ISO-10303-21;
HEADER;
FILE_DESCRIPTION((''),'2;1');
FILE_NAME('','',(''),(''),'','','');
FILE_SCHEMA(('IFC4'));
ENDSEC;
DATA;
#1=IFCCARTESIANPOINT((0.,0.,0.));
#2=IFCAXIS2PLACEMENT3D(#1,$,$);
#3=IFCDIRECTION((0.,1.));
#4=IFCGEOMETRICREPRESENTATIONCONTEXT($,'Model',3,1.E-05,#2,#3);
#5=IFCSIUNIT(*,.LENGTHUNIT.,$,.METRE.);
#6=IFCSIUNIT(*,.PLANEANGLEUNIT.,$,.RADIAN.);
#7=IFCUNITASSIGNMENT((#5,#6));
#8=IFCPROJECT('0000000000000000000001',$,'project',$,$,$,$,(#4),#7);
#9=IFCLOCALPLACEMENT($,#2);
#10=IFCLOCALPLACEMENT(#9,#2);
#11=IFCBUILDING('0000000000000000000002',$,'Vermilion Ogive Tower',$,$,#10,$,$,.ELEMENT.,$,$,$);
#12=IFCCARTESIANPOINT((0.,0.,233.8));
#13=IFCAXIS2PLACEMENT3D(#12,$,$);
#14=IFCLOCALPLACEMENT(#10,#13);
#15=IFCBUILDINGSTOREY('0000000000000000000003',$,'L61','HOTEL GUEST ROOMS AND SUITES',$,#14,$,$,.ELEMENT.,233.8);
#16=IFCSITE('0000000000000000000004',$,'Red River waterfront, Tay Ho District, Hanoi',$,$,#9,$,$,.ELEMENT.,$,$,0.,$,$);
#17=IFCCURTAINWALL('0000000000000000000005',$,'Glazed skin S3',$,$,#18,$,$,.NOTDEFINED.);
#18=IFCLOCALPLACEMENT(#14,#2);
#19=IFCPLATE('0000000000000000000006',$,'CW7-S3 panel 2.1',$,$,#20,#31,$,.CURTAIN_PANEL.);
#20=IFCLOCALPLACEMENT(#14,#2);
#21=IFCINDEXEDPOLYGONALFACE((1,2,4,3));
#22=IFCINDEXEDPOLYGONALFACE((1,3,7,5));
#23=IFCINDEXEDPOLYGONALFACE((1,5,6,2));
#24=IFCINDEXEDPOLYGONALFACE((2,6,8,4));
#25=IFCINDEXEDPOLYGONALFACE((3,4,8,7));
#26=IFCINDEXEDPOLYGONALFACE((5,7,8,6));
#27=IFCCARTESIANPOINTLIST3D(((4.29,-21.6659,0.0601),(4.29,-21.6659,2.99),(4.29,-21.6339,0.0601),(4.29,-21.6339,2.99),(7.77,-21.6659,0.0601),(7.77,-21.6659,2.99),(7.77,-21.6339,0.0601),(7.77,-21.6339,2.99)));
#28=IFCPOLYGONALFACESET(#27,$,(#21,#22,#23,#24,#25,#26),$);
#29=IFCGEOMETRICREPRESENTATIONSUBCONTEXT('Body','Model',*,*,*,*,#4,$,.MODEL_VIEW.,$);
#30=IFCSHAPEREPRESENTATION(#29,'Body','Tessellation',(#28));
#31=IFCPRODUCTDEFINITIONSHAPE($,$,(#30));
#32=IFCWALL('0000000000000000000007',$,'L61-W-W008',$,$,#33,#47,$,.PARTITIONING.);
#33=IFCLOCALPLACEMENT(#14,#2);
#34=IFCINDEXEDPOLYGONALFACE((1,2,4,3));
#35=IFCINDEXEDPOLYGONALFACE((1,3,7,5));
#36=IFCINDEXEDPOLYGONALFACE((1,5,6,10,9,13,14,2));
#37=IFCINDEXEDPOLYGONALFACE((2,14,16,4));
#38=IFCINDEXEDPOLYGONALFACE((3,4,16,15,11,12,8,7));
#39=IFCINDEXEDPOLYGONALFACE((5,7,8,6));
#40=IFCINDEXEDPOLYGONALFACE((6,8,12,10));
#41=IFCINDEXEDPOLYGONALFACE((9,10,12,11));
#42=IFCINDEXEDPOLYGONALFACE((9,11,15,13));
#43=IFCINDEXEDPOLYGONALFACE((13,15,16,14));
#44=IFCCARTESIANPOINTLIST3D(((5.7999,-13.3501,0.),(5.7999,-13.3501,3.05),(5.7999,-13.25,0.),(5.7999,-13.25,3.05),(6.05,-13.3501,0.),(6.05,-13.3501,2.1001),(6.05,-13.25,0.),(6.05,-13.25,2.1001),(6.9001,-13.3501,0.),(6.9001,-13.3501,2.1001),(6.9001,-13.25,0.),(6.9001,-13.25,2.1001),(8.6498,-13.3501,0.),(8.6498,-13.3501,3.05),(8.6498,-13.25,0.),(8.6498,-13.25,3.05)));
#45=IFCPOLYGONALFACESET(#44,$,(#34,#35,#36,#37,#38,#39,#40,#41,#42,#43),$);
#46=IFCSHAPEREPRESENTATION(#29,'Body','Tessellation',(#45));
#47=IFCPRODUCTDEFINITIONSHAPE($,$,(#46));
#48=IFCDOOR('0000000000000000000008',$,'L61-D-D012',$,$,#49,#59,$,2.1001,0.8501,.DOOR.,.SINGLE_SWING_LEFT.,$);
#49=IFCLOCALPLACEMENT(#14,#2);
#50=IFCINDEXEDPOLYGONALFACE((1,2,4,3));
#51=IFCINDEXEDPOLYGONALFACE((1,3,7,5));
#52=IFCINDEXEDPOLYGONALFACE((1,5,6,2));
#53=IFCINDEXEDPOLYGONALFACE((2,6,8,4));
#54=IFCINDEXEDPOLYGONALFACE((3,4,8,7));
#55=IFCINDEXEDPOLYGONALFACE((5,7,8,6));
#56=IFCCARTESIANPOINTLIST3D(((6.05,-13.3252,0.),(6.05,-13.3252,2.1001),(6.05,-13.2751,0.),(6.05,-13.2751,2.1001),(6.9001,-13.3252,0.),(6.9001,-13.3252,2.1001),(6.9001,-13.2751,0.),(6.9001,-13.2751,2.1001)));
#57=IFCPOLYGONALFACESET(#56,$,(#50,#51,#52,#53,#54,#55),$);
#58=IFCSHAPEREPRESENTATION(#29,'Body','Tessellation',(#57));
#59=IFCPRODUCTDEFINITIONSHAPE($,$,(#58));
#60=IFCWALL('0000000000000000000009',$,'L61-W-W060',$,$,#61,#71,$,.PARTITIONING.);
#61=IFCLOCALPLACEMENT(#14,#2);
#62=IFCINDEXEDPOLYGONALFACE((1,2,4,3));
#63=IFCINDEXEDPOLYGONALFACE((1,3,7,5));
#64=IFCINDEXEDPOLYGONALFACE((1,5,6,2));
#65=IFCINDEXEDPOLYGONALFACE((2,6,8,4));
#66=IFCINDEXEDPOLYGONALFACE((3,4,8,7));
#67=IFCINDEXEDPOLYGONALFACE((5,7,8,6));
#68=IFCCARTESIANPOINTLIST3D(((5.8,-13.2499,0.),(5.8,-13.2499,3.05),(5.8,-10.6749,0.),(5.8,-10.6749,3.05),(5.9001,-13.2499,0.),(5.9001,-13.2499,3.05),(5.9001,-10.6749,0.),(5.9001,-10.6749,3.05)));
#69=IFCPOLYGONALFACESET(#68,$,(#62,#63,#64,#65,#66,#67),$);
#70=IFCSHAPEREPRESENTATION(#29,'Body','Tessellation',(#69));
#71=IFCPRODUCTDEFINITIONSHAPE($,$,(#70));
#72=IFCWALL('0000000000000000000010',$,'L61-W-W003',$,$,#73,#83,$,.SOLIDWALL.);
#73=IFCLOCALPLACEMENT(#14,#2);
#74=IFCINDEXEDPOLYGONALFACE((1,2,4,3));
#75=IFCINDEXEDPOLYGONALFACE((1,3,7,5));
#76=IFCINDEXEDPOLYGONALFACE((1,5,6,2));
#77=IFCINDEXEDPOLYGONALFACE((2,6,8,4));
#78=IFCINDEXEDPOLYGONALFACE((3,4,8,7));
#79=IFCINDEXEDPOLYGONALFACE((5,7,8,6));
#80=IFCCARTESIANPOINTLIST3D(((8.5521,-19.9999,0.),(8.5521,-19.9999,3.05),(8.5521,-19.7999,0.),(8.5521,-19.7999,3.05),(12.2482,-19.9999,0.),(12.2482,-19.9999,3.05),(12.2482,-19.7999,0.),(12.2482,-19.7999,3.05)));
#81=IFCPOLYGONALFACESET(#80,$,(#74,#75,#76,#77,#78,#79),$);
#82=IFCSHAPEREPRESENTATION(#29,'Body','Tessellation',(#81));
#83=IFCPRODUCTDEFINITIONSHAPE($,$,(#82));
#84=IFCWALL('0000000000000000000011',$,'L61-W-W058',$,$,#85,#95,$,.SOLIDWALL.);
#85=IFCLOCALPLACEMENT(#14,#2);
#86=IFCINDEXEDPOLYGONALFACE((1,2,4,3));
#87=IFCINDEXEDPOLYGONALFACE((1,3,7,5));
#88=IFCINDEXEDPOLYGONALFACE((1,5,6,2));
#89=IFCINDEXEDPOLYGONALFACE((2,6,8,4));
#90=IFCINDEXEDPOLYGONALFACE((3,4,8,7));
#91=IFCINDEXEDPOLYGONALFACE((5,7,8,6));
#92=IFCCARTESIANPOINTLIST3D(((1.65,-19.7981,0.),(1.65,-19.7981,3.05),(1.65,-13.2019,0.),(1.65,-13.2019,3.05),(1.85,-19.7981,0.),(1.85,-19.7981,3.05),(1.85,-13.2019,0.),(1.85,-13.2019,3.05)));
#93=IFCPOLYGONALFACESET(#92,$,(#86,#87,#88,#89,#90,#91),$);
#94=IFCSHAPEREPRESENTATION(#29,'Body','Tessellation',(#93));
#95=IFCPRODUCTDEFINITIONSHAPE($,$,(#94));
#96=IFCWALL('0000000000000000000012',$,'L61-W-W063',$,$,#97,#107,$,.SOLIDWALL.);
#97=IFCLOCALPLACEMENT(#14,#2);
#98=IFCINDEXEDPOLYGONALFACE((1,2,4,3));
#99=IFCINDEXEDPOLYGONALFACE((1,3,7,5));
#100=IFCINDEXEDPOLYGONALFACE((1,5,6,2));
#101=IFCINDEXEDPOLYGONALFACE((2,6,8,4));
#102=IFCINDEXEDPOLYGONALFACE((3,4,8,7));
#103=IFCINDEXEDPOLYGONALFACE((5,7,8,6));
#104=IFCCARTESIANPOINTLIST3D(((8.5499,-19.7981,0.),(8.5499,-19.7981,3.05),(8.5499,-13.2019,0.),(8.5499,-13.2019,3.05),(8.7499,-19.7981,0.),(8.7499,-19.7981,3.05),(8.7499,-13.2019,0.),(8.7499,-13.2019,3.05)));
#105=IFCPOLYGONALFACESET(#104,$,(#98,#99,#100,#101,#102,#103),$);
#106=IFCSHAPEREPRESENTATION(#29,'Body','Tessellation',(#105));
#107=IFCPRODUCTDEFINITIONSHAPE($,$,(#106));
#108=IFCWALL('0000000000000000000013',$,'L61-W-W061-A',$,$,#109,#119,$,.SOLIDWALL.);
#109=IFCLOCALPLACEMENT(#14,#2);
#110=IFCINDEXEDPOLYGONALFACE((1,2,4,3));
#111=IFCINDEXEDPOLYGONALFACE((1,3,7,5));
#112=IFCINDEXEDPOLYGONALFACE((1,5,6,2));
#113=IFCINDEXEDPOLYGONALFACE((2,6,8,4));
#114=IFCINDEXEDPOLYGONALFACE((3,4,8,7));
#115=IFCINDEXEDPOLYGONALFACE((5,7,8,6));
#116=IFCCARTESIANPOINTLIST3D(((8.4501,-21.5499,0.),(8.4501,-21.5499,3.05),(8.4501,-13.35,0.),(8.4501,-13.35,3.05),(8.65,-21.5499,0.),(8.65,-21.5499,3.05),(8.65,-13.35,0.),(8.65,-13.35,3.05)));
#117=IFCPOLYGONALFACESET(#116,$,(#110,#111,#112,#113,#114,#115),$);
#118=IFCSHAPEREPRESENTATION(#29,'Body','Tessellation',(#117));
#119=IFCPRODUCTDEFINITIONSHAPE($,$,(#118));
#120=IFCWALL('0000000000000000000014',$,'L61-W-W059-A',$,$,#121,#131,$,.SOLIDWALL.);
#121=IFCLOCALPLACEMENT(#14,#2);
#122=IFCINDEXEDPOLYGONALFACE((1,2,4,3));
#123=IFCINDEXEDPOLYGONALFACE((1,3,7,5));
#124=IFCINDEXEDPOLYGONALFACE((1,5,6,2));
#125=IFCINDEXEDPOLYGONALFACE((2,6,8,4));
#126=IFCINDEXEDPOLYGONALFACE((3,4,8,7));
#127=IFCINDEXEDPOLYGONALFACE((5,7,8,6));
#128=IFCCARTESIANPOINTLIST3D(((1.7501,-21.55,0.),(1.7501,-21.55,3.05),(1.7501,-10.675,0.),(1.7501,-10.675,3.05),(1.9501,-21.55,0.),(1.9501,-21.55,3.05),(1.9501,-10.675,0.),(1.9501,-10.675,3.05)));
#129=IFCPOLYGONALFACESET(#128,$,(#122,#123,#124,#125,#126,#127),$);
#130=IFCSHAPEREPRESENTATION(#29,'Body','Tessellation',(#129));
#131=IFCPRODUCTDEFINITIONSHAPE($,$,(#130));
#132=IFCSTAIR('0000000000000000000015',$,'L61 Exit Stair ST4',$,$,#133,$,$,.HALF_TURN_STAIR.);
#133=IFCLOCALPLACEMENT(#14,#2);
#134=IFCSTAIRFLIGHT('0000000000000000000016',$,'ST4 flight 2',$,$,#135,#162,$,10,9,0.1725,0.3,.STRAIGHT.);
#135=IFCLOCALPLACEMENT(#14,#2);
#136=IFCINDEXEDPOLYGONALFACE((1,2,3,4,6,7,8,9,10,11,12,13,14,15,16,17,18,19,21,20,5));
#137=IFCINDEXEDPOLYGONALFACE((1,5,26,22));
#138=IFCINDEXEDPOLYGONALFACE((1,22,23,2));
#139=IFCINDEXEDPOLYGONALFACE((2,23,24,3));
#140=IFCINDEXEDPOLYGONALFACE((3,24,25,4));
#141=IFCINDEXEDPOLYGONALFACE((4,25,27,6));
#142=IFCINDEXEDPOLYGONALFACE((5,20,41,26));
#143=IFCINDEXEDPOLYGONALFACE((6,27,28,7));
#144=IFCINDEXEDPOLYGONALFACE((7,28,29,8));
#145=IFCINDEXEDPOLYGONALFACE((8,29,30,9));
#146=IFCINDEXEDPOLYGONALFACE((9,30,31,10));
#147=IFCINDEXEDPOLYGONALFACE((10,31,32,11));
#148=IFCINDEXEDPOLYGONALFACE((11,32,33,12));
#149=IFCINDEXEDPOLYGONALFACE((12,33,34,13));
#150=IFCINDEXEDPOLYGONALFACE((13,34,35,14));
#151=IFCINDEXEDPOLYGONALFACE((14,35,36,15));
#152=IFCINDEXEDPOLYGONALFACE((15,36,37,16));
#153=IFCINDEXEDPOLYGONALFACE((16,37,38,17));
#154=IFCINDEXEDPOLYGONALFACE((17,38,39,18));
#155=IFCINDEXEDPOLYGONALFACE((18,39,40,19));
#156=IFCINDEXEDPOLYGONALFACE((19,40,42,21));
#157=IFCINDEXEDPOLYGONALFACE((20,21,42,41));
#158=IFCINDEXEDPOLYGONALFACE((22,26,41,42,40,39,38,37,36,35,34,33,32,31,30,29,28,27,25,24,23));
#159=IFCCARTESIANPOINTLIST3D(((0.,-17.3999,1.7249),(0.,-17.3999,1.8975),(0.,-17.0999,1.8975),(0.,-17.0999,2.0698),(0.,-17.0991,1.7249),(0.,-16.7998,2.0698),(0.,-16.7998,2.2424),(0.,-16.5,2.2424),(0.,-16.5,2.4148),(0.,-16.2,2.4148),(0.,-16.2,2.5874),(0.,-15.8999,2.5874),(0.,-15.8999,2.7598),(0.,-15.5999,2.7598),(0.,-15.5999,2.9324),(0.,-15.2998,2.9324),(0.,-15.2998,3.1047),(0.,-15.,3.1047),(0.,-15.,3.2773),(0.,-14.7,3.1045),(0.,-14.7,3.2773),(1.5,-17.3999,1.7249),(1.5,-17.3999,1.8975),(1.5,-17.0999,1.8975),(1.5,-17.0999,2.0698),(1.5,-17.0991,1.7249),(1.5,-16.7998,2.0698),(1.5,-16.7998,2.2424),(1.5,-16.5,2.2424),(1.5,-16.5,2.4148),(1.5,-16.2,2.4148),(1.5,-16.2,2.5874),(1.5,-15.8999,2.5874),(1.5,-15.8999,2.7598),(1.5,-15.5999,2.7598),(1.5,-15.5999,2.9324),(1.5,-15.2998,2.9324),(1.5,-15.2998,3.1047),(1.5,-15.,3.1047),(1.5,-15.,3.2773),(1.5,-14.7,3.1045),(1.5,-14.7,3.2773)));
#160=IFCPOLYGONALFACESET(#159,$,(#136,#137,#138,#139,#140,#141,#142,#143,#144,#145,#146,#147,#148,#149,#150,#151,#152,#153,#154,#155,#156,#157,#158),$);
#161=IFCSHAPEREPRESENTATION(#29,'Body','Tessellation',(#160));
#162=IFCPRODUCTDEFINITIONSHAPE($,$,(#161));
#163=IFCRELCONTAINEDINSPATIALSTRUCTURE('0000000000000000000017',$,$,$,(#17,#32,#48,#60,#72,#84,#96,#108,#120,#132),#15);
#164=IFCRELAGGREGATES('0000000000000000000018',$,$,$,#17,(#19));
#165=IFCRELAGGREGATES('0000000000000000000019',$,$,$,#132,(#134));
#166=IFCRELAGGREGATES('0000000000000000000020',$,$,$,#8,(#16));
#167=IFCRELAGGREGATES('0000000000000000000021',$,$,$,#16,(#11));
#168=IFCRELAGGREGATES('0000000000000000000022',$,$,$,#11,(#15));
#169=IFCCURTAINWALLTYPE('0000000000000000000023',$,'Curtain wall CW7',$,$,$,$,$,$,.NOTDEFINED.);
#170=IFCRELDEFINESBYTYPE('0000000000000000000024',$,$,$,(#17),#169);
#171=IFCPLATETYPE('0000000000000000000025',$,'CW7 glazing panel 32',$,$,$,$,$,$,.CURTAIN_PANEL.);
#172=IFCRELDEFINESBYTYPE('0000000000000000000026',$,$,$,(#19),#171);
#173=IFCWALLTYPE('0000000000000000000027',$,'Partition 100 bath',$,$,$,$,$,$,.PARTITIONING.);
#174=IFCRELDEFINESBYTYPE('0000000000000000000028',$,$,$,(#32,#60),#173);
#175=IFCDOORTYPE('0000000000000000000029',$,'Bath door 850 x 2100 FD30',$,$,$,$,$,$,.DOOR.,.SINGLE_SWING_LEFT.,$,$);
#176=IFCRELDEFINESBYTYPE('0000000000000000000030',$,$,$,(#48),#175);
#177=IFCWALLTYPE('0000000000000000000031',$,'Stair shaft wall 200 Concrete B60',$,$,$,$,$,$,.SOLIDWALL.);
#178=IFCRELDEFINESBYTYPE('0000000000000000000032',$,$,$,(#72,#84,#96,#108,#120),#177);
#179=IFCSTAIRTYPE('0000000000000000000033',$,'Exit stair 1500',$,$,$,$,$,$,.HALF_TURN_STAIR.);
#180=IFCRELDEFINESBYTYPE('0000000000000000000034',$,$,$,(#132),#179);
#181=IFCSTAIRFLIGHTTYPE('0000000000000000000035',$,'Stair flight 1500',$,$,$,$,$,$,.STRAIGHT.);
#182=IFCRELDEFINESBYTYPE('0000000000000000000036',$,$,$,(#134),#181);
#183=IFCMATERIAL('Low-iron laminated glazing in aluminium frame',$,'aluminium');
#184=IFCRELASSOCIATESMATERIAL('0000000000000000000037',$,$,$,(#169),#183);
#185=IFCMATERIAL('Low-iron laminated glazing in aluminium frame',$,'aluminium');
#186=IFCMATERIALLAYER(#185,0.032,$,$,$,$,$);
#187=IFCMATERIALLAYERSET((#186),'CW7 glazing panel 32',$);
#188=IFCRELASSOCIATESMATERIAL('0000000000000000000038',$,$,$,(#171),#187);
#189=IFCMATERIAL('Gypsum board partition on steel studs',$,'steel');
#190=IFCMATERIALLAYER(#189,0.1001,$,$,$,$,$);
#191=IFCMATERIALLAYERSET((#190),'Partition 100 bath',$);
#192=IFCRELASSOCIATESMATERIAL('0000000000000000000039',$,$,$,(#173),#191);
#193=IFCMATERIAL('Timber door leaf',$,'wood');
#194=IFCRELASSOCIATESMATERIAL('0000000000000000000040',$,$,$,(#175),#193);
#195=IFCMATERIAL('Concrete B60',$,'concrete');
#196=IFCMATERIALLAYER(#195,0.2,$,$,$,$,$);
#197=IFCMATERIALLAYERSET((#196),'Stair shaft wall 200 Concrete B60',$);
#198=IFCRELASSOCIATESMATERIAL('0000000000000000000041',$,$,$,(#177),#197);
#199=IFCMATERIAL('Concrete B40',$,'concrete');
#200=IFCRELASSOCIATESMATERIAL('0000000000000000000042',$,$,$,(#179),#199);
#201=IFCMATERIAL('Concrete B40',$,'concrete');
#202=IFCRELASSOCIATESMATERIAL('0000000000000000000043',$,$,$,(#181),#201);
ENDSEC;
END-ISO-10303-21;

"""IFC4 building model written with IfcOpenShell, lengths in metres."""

from ifc_helpers import new_model, si_unit, direction, frame, frame_2d, origin, origin_2d, place, context, subcontext, project, spatial, polyline, rectangle, outline, extrude, material, layer, layer_set, type_object, element, fill, aggregate, save


model = new_model("IFC4")

# Units and contexts
model_context = context("Model", 3, precision=1e-05, world=origin(), true_north=direction((0.0, 1.0)))
body_context = subcontext(model_context, "Body", "Model", "MODEL_VIEW")
ifc_project = project(units=[si_unit("LENGTHUNIT", "METRE"), si_unit("PLANEANGLEUNIT", "RADIAN")], contexts=[model_context])

# Site, building, storey
site_placement = place(None, origin())
site = spatial("IfcSite", under=ifc_project, at=site_placement, Name="Red River waterfront, Tay Ho District, Hanoi", CompositionType="ELEMENT", RefElevation=0.0)
building_placement = place(site_placement, origin())
building = spatial("IfcBuilding", under=site, at=building_placement, Name="Vermilion Ogive Tower", CompositionType="ELEMENT")
storey_placement = place(building_placement, frame((0.0, 0.0, 233.8)))
storey = spatial("IfcBuildingStorey", under=building, at=storey_placement, Name="L61", Description="HOTEL GUEST ROOMS AND SUITES", CompositionType="ELEMENT", Elevation=233.8)

# Curtain wall
ifc_material_1 = material(Name="Low-iron laminated glazing in aluminium frame", Category="aluminium")
curtain_wall_type = type_object("IfcCurtainWallType", Name="Curtain wall CW7", PredefinedType="NOTDEFINED", material=ifc_material_1)
curtain_wall_1_placement = place(storey_placement, origin())
curtain_wall_1 = element("IfcCurtainWall", 1, at=curtain_wall_1_placement, inside=storey, type_object=curtain_wall_type, Name="Glazed skin S3", PredefinedType="NOTDEFINED")

# Plate
ifc_material_2 = material(Name="Low-iron laminated glazing in aluminium frame", Category="aluminium")
ifc_layer_1 = layer(ifc_material_2, 0.032)
ifc_layer_set_1 = layer_set([ifc_layer_1], Name="CW7 glazing panel 32")
plate_type = type_object("IfcPlateType", Name="CW7 glazing panel 32", PredefinedType="CURTAIN_PANEL", material=ifc_layer_set_1)
plate_1_placement = place(storey_placement, frame((6.03, -21.6499, 0.0601), z_axis=(0.0, 0.0, 1.0), x_axis=(1.0, 0.0, 0.0)))
plate_1 = element("IfcPlate", 2, at=plate_1_placement, type_object=plate_type, Name="CW7-S3 panel 2.1", PredefinedType="CURTAIN_PANEL", context=body_context, shape_type="SweptSolid", body=[
    extrude(rectangle(XDim=3.48, YDim=0.032, at=origin_2d()), origin(), (0.0, 0.0, 1.0), 2.9299),
])
aggregate(curtain_wall_1, [plate_1])

# Wall, opening, door
ifc_material_3 = material(Name="Gypsum board partition on steel studs", Category="steel")
ifc_layer_2 = layer(ifc_material_3, 0.1001)
ifc_layer_set_2 = layer_set([ifc_layer_2], Name="Partition 100 bath")
wall_type_1 = type_object("IfcWallType", Name="Partition 100 bath", PredefinedType="PARTITIONING", material=ifc_layer_set_2)
wall_1_placement = place(storey_placement, frame((5.8, -13.3, 0.0), z_axis=(0.0, 0.0, 1.0), x_axis=(1.0, 0.0, 0.0)))
wall_1 = element("IfcWall", 3, at=wall_1_placement, inside=storey, type_object=wall_type_1, Name="L61-W-W008", PredefinedType="PARTITIONING", context=body_context, shape_type="SweptSolid", body=[
    extrude(rectangle(XDim=2.8499, YDim=0.1001, at=frame_2d((1.4248, 0.0))), origin(), (0.0, 0.0, 1.0), 3.05),
])
opening_placement = place(wall_1_placement, frame((0.25, 0.0, 0.0)))
opening = element("IfcOpeningElement", 4, at=opening_placement, cuts=wall_1, PredefinedType="OPENING", context=body_context, shape_type="SweptSolid", body=[
    extrude(rectangle(XDim=0.8501, YDim=2.1001, at=frame_2d((0.425, 1.05))), frame((0.0, 0.0601, 0.0), z_axis=(0.0, -1.0, 0.0), x_axis=(1.0, 0.0, 0.0)), (0.0, 0.0, 1.0), 0.1201),
])
ifc_material_4 = material(Name="Timber door leaf", Category="wood")
door_type = type_object("IfcDoorType", Name="Bath door 850 x 2100 FD30", OperationType="SINGLE_SWING_LEFT", PredefinedType="DOOR", material=ifc_material_4)
door_placement = place(opening_placement, origin())
door = element("IfcDoor", 5, at=door_placement, inside=storey, type_object=door_type, Name="L61-D-D012", OperationType="SINGLE_SWING_LEFT", OverallHeight=2.1001, OverallWidth=0.8501, PredefinedType="DOOR", context=body_context, shape_type="SweptSolid", body=[
    extrude(rectangle(XDim=0.8501, YDim=2.1001, at=frame_2d((0.425, 1.05))), frame((0.0, 0.0249, 0.0), z_axis=(0.0, -1.0, 0.0), x_axis=(1.0, 0.0, 0.0)), (0.0, 0.0, 1.0), 0.05),
])
fill(opening, door)

# Walls
wall_2_placement = place(storey_placement, frame((5.8501, -13.25, 0.0), z_axis=(0.0, 0.0, 1.0), x_axis=(0.0, 1.0, 0.0)))
element("IfcWall", 6, at=wall_2_placement, inside=storey, type_object=wall_type_1, Name="L61-W-W060", PredefinedType="PARTITIONING", context=body_context, shape_type="SweptSolid", body=[
    extrude(rectangle(XDim=2.575, YDim=0.1001, at=frame_2d((1.2876, 0.0))), origin(), (0.0, 0.0, 1.0), 3.05),
])
ifc_material_5 = material(Name="Concrete B60", Category="concrete")
ifc_layer_3 = layer(ifc_material_5, 0.2)
ifc_layer_set_3 = layer_set([ifc_layer_3], Name="Stair shaft wall 200 Concrete B60")
wall_type_2 = type_object("IfcWallType", Name="Stair shaft wall 200 Concrete B60", PredefinedType="SOLIDWALL", material=ifc_layer_set_3)
wall_3_placement = place(storey_placement, frame((8.552, -19.8999, 0.0), z_axis=(0.0, 0.0, 1.0), x_axis=(1.0, 0.0, 0.0)))
element("IfcWall", 7, at=wall_3_placement, inside=storey, type_object=wall_type_2, Name="L61-W-W003", PredefinedType="SOLIDWALL", context=body_context, shape_type="SweptSolid", body=[
    extrude(rectangle(XDim=3.696, YDim=0.2, at=frame_2d((1.8481, 0.0))), origin(), (0.0, 0.0, 1.0), 3.05),
])
for number, where, z_axis, x_axis, name in (
    (8, (1.75, -19.7981, 0.0), (0.0, 0.0, 1.0), (0.0, 1.0, 0.0), "L61-W-W058"),
    (9, (8.6499, -19.7981, 0.0), (0.0, 0.0, 1.0), (0.0, 1.0, 0.0), "L61-W-W063"),
):
    element("IfcWall", number, at=place(storey_placement, frame(where, z_axis=z_axis, x_axis=x_axis)), inside=storey, type_object=wall_type_2, Name=name, PredefinedType="SOLIDWALL", context=body_context, shape_type="SweptSolid", body=[
        extrude(rectangle(XDim=6.5962, YDim=0.2, at=frame_2d((3.2981, 0.0))), origin(), (0.0, 0.0, 1.0), 3.05),
    ])
wall_4_placement = place(storey_placement, frame((8.55, -21.55, 0.0), z_axis=(0.0, 0.0, 1.0), x_axis=(0.0, 1.0, 0.0)))
element("IfcWall", 10, at=wall_4_placement, inside=storey, type_object=wall_type_2, Name="L61-W-W061-A", PredefinedType="SOLIDWALL", context=body_context, shape_type="SweptSolid", body=[
    extrude(rectangle(XDim=8.2, YDim=0.2, at=frame_2d((4.1001, 0.0))), origin(), (0.0, 0.0, 1.0), 3.05),
])
wall_5_placement = place(storey_placement, frame((1.8501, -21.55, 0.0), z_axis=(0.0, 0.0, 1.0), x_axis=(0.0, 1.0, 0.0)))
element("IfcWall", 11, at=wall_5_placement, inside=storey, type_object=wall_type_2, Name="L61-W-W059-A", PredefinedType="SOLIDWALL", context=body_context, shape_type="SweptSolid", body=[
    extrude(rectangle(XDim=10.875, YDim=0.2, at=frame_2d((5.4375, 0.0))), origin(), (0.0, 0.0, 1.0), 3.05),
])

# Stair, stair flight
ifc_material_6 = material(Name="Concrete B40", Category="concrete")
stair_type = type_object("IfcStairType", Name="Exit stair 1500", PredefinedType="HALF_TURN_STAIR", material=ifc_material_6)
stair_placement = place(storey_placement, origin())
stair = element("IfcStair", 12, at=stair_placement, inside=storey, type_object=stair_type, Name="L61 Exit Stair ST4", PredefinedType="HALF_TURN_STAIR")
ifc_material_7 = material(Name="Concrete B40", Category="concrete")
stair_flight_type = type_object("IfcStairFlightType", Name="Stair flight 1500", PredefinedType="STRAIGHT", material=ifc_material_7)
stair_flight_placement = place(storey_placement, frame((0.75, -17.3999, 1.7249), z_axis=(0.0, 0.0, 1.0), x_axis=(0.0, 1.0, 0.0)))
stair_flight = element("IfcStairFlight", 13, at=stair_flight_placement, type_object=stair_flight_type, Name="ST4 flight 2", NumberOfRisers=10, NumberOfTreads=9, PredefinedType="STRAIGHT", RiserHeight=0.1725, TreadLength=0.3, context=body_context, shape_type="SweptSolid", body=[
    extrude(outline(polyline([(0.0, 0.0), (0.0, 0.1726), (0.3, 0.1726), (0.3, 0.345), (0.6001, 0.345), (0.6001, 0.5176), (0.8999, 0.5176), (0.8999, 0.6899), (1.2, 0.6899), (1.2, 0.8625), (1.5, 0.8625), (1.5, 1.0349), (1.8, 1.0349), (1.8, 1.2075), (2.1001, 1.2075), (2.1001, 1.3799), (2.3999, 1.3799), (2.3999, 1.5525), (2.7, 1.5525), (2.7, 1.7251), (2.7, 1.3796), (0.3008, 0.0), (0.0, 0.0)])), frame((0.0, 0.75, 0.0), z_axis=(0.0, -1.0, 0.0), x_axis=(1.0, 0.0, 0.0)), (0.0, 0.0, 1.0), 1.5),
])
aggregate(stair, [stair_flight])

save(model, "model.ifc")
